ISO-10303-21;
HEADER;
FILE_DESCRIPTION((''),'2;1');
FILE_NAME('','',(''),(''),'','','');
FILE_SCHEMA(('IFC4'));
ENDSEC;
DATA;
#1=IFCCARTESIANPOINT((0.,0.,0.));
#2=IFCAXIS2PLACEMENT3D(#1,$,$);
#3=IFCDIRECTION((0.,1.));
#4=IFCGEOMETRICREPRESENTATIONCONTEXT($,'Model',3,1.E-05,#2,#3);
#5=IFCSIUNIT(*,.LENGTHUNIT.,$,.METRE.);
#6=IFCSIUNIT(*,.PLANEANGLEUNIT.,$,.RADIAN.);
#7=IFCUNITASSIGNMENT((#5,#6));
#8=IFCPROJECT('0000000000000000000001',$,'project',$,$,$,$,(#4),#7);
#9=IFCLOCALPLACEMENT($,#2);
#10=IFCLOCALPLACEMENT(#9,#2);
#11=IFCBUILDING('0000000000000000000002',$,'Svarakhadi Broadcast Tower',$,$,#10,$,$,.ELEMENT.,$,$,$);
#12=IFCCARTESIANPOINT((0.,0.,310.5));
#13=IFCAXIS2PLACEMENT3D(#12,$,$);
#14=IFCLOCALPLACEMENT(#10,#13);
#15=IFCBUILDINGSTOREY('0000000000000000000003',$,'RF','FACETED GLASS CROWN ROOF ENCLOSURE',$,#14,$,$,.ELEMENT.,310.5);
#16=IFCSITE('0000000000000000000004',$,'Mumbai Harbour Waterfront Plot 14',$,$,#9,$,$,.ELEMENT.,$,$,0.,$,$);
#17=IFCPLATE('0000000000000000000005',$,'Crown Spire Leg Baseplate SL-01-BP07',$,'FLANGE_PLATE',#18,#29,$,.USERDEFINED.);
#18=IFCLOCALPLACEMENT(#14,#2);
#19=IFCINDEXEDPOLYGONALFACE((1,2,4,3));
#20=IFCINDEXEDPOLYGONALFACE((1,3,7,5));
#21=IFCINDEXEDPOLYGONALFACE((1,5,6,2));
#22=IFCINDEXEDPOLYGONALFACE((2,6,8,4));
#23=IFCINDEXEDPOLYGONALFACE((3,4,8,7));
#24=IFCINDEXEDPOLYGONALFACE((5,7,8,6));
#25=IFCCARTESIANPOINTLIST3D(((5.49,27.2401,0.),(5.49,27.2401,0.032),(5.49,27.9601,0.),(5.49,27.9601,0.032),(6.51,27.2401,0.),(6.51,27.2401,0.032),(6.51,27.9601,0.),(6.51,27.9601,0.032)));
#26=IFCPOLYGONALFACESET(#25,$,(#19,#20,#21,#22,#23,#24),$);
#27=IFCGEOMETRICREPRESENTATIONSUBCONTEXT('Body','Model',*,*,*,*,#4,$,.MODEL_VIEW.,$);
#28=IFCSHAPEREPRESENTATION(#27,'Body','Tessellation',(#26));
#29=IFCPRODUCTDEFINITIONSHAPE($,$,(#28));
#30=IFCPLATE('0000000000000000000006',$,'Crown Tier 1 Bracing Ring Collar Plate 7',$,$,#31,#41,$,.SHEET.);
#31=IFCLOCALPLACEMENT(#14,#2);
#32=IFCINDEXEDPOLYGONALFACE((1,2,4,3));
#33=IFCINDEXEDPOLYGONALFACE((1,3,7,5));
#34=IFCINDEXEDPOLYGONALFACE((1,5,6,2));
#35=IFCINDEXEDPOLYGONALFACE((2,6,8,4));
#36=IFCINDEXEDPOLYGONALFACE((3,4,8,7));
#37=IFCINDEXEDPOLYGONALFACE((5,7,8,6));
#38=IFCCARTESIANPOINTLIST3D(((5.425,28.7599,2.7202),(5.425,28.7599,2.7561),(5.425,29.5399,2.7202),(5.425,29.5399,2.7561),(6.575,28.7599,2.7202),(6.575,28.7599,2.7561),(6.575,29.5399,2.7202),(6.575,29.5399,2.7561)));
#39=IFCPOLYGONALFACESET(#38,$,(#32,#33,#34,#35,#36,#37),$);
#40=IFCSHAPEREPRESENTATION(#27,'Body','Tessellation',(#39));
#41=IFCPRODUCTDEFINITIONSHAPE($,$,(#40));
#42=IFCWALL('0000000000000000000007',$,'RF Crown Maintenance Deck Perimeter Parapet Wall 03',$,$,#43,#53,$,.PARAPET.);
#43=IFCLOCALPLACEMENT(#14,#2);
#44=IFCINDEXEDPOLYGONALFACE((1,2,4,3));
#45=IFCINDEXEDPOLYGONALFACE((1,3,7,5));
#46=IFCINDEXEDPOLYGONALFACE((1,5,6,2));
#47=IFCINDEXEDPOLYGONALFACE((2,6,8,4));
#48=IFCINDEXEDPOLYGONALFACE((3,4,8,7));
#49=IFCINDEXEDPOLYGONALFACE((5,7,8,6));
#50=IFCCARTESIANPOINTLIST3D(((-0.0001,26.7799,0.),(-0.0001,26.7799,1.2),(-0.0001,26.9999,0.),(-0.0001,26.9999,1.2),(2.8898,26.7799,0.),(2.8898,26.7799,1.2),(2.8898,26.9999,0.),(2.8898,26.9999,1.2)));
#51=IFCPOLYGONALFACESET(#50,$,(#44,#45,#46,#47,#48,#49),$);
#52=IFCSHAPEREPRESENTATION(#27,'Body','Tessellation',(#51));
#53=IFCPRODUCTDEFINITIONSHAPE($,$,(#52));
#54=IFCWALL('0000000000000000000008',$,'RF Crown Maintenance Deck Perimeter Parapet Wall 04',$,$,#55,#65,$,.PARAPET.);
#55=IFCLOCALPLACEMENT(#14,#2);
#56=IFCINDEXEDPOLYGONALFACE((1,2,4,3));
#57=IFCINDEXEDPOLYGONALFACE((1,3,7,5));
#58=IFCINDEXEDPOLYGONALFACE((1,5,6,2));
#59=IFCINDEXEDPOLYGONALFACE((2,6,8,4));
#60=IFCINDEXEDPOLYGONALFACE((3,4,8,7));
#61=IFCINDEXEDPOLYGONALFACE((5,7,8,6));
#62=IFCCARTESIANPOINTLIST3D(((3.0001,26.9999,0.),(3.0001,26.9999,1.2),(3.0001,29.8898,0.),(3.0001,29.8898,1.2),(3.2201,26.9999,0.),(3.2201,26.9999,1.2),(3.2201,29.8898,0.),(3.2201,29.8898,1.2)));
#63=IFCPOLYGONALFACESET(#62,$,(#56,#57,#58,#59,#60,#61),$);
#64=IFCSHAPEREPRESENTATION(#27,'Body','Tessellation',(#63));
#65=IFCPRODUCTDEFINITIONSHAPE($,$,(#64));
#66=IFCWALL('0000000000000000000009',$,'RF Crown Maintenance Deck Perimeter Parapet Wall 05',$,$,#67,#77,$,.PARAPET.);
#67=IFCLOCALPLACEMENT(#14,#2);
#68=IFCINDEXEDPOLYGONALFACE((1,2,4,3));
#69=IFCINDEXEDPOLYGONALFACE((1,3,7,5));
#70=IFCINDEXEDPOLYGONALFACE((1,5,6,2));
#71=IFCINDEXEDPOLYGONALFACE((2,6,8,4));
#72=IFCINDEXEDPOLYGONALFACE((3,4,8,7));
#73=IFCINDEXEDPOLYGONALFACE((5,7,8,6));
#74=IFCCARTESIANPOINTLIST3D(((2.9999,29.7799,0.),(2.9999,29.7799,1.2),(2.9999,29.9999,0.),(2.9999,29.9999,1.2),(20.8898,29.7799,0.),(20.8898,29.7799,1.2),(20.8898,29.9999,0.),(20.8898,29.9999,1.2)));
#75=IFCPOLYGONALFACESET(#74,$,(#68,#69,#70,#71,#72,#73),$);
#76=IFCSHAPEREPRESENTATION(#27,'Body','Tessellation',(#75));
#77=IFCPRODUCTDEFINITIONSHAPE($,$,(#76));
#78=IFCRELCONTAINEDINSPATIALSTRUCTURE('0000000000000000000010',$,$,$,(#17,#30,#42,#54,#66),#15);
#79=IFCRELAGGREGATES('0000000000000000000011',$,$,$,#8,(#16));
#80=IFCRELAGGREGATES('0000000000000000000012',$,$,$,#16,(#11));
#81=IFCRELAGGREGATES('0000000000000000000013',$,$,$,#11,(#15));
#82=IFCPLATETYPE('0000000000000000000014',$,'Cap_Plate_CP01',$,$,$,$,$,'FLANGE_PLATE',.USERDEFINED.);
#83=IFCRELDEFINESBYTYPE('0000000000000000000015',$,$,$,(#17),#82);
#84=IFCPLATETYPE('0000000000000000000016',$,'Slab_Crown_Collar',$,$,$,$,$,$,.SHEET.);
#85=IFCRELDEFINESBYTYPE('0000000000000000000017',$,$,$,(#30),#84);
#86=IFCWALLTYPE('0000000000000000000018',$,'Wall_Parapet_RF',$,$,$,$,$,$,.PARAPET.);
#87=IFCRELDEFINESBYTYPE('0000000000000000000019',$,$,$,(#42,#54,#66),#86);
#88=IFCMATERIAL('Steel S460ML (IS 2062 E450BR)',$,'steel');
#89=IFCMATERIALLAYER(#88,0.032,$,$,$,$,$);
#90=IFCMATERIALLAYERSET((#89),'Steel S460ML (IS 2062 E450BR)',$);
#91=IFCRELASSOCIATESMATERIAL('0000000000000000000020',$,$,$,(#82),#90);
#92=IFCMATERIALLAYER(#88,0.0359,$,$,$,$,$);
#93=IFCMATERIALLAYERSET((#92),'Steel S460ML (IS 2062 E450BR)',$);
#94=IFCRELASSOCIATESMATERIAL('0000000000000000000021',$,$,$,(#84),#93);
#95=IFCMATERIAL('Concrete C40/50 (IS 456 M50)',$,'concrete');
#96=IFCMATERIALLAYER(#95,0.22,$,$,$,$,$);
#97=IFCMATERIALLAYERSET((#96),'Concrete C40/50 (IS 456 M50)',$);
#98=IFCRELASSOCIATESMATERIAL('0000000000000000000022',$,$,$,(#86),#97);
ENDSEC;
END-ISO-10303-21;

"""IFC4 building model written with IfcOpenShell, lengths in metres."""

from ifc_helpers import new_model, si_unit, direction, frame, frame_2d, origin, origin_2d, place, context, subcontext, project, spatial, rectangle, extrude, material, layer, layer_set, type_object, element, save


model = new_model("IFC4")

# Units and contexts
model_context = context("Model", 3, precision=1e-05, world=origin(), true_north=direction((0.0, 1.0)))
body_context = subcontext(model_context, "Body", "Model", "MODEL_VIEW")
ifc_project = project(units=[si_unit("LENGTHUNIT", "METRE"), si_unit("PLANEANGLEUNIT", "RADIAN")], contexts=[model_context])

# Site, building, storey
site_placement = place(None, origin())
site = spatial("IfcSite", under=ifc_project, at=site_placement, Name="Mumbai Harbour Waterfront Plot 14", CompositionType="ELEMENT", RefElevation=0.0)
building_placement = place(site_placement, origin())
building = spatial("IfcBuilding", under=site, at=building_placement, Name="Svarakhadi Broadcast Tower", CompositionType="ELEMENT")
storey_placement = place(building_placement, frame((0.0, 0.0, 310.5)))
storey = spatial("IfcBuildingStorey", under=building, at=storey_placement, Name="RF", Description="FACETED GLASS CROWN ROOF ENCLOSURE", CompositionType="ELEMENT", Elevation=310.5)

# Shared definitions
ifc_material_1 = material(Name="Steel S460ML (IS 2062 E450BR)", Category="steel")

# Plates
ifc_layer_1 = layer(ifc_material_1, 0.032)
ifc_layer_set_1 = layer_set([ifc_layer_1], Name="Steel S460ML (IS 2062 E450BR)")
plate_type_1 = type_object("IfcPlateType", Name="Cap_Plate_CP01", ElementType="FLANGE_PLATE", PredefinedType="USERDEFINED", material=ifc_layer_set_1)
plate_1_placement = place(storey_placement, frame((6.0, 27.6001, 0.0), z_axis=(0.0, 0.0, 1.0), x_axis=(1.0, 0.0, 0.0)))
element("IfcPlate", 1, at=plate_1_placement, inside=storey, type_object=plate_type_1, Name="Crown Spire Leg Baseplate SL-01-BP07", ObjectType="FLANGE_PLATE", PredefinedType="USERDEFINED", context=body_context, shape_type="SweptSolid", body=[
    extrude(rectangle(XDim=1.02, YDim=0.72, at=origin_2d()), origin(), (0.0, 0.0, 1.0), 0.032),
])
ifc_layer_2 = layer(ifc_material_1, 0.0359)
ifc_layer_set_2 = layer_set([ifc_layer_2], Name="Steel S460ML (IS 2062 E450BR)")
plate_type_2 = type_object("IfcPlateType", Name="Slab_Crown_Collar", PredefinedType="SHEET", material=ifc_layer_set_2)
plate_2_placement = place(storey_placement, frame((6.0, 29.1499, 2.7202), z_axis=(0.0, 0.0, 1.0), x_axis=(1.0, 0.0, 0.0)))
element("IfcPlate", 2, at=plate_2_placement, inside=storey, type_object=plate_type_2, Name="Crown Tier 1 Bracing Ring Collar Plate 7", PredefinedType="SHEET", context=body_context, shape_type="SweptSolid", body=[
    extrude(rectangle(XDim=1.1499, YDim=0.78, at=origin_2d()), origin(), (0.0, 0.0, 1.0), 0.0359),
])

# Walls
ifc_material_2 = material(Name="Concrete C40/50 (IS 456 M50)", Category="concrete")
ifc_layer_3 = layer(ifc_material_2, 0.22)
ifc_layer_set_3 = layer_set([ifc_layer_3], Name="Concrete C40/50 (IS 456 M50)")
wall_type = type_object("IfcWallType", Name="Wall_Parapet_RF", PredefinedType="PARAPET", material=ifc_layer_set_3)
for number, where, z_axis, x_axis, name in (
    (3, (0.0, 26.8899, 0.0), (0.0, 0.0, 1.0), (1.0, 0.0, 0.0), "RF Crown Maintenance Deck Perimeter Parapet Wall 03"),
    (4, (3.1101, 27.0, 0.0), (0.0, 0.0, 1.0), (0.0, 1.0, 0.0), "RF Crown Maintenance Deck Perimeter Parapet Wall 04"),
):
    element("IfcWall", number, at=place(storey_placement, frame(where, z_axis=z_axis, x_axis=x_axis)), inside=storey, type_object=wall_type, Name=name, PredefinedType="PARAPET", context=body_context, shape_type="SweptSolid", body=[
        extrude(rectangle(XDim=2.8899, YDim=0.22, at=frame_2d((1.4448, 0.0))), origin(), (0.0, 0.0, 1.0), 1.2),
    ])
wall_placement = place(storey_placement, frame((3.0, 29.8899, 0.0), z_axis=(0.0, 0.0, 1.0), x_axis=(1.0, 0.0, 0.0)))
element("IfcWall", 5, at=wall_placement, inside=storey, type_object=wall_type, Name="RF Crown Maintenance Deck Perimeter Parapet Wall 05", PredefinedType="PARAPET", context=body_context, shape_type="SweptSolid", body=[
    extrude(rectangle(XDim=17.8899, YDim=0.22, at=frame_2d((8.9448, 0.0))), origin(), (0.0, 0.0, 1.0), 1.2),
])

save(model, "model.ifc")
